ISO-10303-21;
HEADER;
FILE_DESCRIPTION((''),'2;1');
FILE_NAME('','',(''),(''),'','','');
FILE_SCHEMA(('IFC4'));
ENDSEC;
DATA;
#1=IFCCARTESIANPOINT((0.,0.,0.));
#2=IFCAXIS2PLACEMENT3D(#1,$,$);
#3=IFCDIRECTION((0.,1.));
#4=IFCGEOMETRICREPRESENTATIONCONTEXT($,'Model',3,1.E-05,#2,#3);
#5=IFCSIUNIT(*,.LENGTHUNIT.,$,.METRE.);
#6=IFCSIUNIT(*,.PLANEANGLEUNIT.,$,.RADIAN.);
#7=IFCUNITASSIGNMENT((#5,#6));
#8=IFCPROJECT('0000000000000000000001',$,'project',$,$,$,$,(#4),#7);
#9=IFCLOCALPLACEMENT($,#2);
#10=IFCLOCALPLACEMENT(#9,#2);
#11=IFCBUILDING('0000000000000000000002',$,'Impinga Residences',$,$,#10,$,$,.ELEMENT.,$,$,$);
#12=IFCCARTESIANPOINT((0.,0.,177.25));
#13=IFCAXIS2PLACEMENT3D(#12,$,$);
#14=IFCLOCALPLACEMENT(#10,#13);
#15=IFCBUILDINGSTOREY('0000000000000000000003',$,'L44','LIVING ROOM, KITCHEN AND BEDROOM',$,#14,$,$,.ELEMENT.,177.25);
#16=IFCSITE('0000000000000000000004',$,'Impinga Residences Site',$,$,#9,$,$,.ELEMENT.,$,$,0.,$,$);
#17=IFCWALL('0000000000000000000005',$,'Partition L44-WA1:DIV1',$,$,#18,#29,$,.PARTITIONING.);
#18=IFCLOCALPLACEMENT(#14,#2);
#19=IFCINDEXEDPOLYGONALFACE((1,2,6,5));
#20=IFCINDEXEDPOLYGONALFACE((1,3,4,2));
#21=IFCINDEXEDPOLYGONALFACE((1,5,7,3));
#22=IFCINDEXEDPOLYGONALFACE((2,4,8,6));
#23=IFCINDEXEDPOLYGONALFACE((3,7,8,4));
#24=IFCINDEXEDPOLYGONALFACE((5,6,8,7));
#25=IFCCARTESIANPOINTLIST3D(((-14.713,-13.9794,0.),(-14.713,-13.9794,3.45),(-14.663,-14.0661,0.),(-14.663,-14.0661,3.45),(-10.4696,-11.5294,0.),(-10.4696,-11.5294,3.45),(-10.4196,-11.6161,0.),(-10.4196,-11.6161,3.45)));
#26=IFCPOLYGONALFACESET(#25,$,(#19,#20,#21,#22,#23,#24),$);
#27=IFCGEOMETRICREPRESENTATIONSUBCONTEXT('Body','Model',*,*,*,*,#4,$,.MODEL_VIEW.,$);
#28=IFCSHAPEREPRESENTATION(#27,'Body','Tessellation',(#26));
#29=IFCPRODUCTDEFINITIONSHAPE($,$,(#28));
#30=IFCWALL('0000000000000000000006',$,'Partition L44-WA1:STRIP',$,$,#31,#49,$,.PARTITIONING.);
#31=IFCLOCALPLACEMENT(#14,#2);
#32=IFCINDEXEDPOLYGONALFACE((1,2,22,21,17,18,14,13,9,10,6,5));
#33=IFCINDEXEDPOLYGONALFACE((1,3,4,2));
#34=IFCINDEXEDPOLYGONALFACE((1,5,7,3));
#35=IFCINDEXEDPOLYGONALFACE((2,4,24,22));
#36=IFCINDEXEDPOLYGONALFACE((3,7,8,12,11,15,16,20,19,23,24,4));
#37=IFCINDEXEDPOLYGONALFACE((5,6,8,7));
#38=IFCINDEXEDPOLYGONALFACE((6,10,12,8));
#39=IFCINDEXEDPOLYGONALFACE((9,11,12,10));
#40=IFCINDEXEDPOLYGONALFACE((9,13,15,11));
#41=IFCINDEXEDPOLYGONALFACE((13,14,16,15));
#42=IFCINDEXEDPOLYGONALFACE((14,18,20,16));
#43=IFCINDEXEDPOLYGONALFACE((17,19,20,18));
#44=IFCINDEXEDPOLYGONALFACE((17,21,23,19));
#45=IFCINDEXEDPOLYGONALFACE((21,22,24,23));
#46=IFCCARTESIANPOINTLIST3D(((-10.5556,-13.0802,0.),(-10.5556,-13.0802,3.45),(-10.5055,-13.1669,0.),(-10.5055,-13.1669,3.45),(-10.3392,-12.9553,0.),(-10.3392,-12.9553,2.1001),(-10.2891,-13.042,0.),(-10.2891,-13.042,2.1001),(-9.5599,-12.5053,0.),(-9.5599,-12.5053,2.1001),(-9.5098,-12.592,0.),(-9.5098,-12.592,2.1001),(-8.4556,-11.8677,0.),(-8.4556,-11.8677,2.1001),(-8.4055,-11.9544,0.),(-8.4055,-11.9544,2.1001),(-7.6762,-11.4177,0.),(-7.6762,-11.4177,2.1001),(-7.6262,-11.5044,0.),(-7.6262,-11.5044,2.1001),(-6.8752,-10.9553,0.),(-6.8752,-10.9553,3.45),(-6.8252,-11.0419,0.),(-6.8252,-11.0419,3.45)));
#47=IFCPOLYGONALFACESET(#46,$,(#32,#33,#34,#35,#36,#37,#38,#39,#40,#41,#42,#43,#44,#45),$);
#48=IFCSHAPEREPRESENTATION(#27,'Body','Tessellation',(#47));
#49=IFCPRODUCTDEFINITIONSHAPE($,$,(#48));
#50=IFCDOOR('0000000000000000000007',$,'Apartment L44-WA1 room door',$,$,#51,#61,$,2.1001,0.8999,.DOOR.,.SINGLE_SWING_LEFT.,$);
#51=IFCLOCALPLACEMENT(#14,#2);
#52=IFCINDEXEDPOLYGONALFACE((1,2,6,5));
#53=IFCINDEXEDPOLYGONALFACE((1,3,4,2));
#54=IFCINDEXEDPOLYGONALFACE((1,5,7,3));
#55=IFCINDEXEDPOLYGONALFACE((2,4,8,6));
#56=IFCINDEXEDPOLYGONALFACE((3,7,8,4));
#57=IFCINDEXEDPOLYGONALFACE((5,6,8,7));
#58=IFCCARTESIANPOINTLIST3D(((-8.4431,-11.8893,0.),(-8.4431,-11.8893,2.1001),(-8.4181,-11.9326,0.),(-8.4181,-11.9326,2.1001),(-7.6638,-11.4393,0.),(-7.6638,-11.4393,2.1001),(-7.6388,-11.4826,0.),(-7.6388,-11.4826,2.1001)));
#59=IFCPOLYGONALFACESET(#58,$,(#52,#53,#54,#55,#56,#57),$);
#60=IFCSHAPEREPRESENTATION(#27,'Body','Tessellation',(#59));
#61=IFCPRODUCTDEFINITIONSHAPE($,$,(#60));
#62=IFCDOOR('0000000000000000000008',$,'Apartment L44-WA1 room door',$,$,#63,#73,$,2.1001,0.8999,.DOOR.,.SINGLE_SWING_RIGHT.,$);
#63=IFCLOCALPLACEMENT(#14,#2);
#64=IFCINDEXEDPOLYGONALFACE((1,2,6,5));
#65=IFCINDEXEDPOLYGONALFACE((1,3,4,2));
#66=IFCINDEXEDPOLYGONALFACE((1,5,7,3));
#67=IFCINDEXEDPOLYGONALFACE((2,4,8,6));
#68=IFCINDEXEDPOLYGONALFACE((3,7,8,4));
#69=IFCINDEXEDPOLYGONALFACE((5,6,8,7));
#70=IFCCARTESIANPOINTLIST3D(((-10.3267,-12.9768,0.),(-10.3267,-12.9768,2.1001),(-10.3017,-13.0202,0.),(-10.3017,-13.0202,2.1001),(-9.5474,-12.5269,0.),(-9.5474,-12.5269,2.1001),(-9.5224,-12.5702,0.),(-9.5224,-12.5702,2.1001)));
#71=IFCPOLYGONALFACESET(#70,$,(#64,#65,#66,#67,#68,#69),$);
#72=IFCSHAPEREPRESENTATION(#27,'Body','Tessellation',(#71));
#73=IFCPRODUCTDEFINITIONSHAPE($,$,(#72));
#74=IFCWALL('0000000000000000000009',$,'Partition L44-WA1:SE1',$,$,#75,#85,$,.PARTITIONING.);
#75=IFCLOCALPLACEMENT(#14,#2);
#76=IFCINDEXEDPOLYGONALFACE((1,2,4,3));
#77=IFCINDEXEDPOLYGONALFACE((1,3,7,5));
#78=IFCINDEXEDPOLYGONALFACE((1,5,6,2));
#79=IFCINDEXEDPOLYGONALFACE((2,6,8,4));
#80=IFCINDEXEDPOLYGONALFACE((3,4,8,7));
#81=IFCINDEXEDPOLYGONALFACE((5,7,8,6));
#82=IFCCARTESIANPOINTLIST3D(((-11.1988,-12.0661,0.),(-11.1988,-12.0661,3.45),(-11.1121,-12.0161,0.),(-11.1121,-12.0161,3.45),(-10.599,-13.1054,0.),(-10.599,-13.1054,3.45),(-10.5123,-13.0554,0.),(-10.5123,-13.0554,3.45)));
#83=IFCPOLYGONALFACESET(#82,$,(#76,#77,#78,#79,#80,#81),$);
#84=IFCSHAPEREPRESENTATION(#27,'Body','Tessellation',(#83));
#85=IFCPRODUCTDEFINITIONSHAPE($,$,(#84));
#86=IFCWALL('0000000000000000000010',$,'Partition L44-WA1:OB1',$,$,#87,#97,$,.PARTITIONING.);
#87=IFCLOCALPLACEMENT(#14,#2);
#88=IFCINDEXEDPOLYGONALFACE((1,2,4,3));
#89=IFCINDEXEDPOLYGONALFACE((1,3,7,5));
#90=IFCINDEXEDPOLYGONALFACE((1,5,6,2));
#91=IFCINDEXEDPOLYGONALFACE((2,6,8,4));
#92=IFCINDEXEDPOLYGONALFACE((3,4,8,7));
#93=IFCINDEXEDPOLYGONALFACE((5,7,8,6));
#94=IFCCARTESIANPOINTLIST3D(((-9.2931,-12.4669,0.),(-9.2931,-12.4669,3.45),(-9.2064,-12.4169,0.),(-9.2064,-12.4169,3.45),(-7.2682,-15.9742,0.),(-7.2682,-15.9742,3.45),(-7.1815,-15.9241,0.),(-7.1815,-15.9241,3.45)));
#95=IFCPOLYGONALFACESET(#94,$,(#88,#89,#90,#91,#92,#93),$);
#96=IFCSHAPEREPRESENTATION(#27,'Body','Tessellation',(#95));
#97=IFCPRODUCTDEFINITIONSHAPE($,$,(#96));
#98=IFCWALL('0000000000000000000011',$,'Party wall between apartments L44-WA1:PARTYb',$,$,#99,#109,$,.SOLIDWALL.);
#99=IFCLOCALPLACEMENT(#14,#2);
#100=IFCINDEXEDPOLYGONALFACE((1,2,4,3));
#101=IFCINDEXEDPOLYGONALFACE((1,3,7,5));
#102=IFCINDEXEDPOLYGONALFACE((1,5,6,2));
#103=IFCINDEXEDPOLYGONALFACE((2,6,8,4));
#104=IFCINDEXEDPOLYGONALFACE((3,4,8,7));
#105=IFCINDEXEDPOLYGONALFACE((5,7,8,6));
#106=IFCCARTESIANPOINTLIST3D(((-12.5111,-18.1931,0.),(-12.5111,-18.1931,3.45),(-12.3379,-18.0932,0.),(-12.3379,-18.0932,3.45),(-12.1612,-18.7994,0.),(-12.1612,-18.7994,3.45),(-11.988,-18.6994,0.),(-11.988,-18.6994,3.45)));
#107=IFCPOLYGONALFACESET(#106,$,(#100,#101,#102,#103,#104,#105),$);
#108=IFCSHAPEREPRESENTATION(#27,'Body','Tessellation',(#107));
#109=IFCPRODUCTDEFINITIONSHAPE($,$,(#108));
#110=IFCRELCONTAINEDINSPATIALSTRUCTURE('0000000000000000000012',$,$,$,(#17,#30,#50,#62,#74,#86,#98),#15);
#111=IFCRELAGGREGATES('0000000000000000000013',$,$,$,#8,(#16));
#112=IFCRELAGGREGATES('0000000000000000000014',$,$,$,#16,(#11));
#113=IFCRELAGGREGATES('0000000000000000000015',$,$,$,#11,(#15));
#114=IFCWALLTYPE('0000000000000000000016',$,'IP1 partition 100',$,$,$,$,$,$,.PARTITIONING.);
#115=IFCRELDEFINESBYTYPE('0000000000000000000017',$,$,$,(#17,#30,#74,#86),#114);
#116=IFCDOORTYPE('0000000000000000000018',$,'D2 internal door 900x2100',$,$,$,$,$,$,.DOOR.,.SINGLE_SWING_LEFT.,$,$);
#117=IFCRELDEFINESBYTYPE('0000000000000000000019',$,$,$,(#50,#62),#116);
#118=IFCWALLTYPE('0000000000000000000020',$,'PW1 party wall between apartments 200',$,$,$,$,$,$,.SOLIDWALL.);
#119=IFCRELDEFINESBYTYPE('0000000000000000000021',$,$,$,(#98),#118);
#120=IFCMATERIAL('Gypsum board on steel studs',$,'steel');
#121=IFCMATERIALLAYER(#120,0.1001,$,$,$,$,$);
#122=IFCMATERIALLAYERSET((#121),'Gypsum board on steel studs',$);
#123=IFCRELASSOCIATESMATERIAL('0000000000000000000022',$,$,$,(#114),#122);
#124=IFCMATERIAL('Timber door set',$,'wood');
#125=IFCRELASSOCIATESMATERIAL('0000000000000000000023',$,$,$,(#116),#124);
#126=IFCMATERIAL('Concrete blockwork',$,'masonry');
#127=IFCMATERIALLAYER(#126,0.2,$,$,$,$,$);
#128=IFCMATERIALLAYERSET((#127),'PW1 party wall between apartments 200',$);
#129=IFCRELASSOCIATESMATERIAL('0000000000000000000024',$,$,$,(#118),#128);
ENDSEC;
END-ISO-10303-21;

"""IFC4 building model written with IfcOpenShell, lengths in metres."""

from ifc_helpers import new_model, si_unit, direction, frame, frame_2d, origin, place, context, subcontext, project, spatial, rectangle, extrude, material, layer, layer_set, type_object, element, fill, save


model = new_model("IFC4")

# Units and contexts
model_context = context("Model", 3, precision=1e-05, world=origin(), true_north=direction((0.0, 1.0)))
body_context = subcontext(model_context, "Body", "Model", "MODEL_VIEW")
ifc_project = project(units=[si_unit("LENGTHUNIT", "METRE"), si_unit("PLANEANGLEUNIT", "RADIAN")], contexts=[model_context])

# Site, building, storey
site_placement = place(None, origin())
site = spatial("IfcSite", under=ifc_project, at=site_placement, Name="Impinga Residences Site", CompositionType="ELEMENT", RefElevation=0.0)
building_placement = place(site_placement, origin())
building = spatial("IfcBuilding", under=site, at=building_placement, Name="Impinga Residences", CompositionType="ELEMENT")
storey_placement = place(building_placement, frame((0.0, 0.0, 177.25)))
storey = spatial("IfcBuildingStorey", under=building, at=storey_placement, Name="L44", Description="LIVING ROOM, KITCHEN AND BEDROOM", CompositionType="ELEMENT", Elevation=177.25)

# Wall
ifc_material_1 = material(Name="Gypsum board on steel studs", Category="steel")
ifc_layer_1 = layer(ifc_material_1, 0.1001)
ifc_layer_set_1 = layer_set([ifc_layer_1], Name="Gypsum board on steel studs")
wall_type_1 = type_object("IfcWallType", Name="IP1 partition 100", PredefinedType="PARTITIONING", material=ifc_layer_set_1)
wall_1_placement = place(storey_placement, frame((-10.4446, -11.5728, 0.0), z_axis=(0.0, 0.0, 1.0), x_axis=(-0.866024, -0.500003, 0.0)))
element("IfcWall", 1, at=wall_1_placement, inside=storey, type_object=wall_type_1, Name="Partition L44-WA1:DIV1", PredefinedType="PARTITIONING", context=body_context, shape_type="SweptSolid", body=[
    extrude(rectangle(XDim=4.8999, YDim=0.1001, at=frame_2d((2.45, 0.0))), origin(), (0.0, 0.0, 1.0), 3.45),
])

# Wall, openings, doors
wall_2_placement = place(storey_placement, frame((-6.8501, -10.9985, 0.0), z_axis=(0.0, 0.0, 1.0), x_axis=(-0.866014, -0.500019, 0.0)))
wall_2 = element("IfcWall", 2, at=wall_2_placement, inside=storey, type_object=wall_type_1, Name="Partition L44-WA1:STRIP", PredefinedType="PARTITIONING", context=body_context, shape_type="SweptSolid", body=[
    extrude(rectangle(XDim=4.2498, YDim=0.1001, at=frame_2d((2.125, 0.0))), origin(), (0.0, 0.0, 1.0), 3.45),
])
opening_1_placement = place(wall_2_placement, frame((0.925, 0.0, 0.0)))
opening_1 = element("IfcOpeningElement", 3, at=opening_1_placement, cuts=wall_2, PredefinedType="OPENING", context=body_context, shape_type="SweptSolid", body=[
    extrude(rectangle(XDim=0.8999, YDim=2.1001, at=frame_2d((0.45, 1.05))), frame((0.0, 0.0601, 0.0), z_axis=(0.0, -1.0, 0.0), x_axis=(1.0, 0.0, 0.0)), (0.0, 0.0, 1.0), 0.1201),
])
opening_2_placement = place(wall_2_placement, frame((3.1001, 0.0, 0.0)))
opening_2 = element("IfcOpeningElement", 4, at=opening_2_placement, cuts=wall_2, PredefinedType="OPENING", context=body_context, shape_type="SweptSolid", body=[
    extrude(rectangle(XDim=0.8999, YDim=2.1001, at=frame_2d((0.45, 1.05))), frame((0.0, 0.0601, 0.0), z_axis=(0.0, -1.0, 0.0), x_axis=(1.0, 0.0, 0.0)), (0.0, 0.0, 1.0), 0.1201),
])
ifc_material_2 = material(Name="Timber door set", Category="wood")
door_type = type_object("IfcDoorType", Name="D2 internal door 900x2100", OperationType="SINGLE_SWING_LEFT", PredefinedType="DOOR", material=ifc_material_2)
door_1_placement = place(opening_1_placement, origin())
door_1 = element("IfcDoor", 5, at=door_1_placement, inside=storey, type_object=door_type, Name="Apartment L44-WA1 room door", OperationType="SINGLE_SWING_LEFT", OverallHeight=2.1001, OverallWidth=0.8999, PredefinedType="DOOR", context=body_context, shape_type="SweptSolid", body=[
    extrude(rectangle(XDim=0.8999, YDim=2.1001, at=frame_2d((0.45, 1.05))), frame((0.0, 0.0249, 0.0), z_axis=(0.0, -1.0, 0.0), x_axis=(1.0, 0.0, 0.0)), (0.0, 0.0, 1.0), 0.05),
])
fill(opening_1, door_1)
door_2_placement = place(opening_2_placement, origin())
door_2 = element("IfcDoor", 6, at=door_2_placement, inside=storey, type_object=door_type, Name="Apartment L44-WA1 room door", OperationType="SINGLE_SWING_RIGHT", OverallHeight=2.1001, OverallWidth=0.8999, PredefinedType="DOOR", context=body_context, shape_type="SweptSolid", body=[
    extrude(rectangle(XDim=0.8999, YDim=2.1001, at=frame_2d((0.45, 1.05))), frame((0.0, 0.0249, 0.0), z_axis=(0.0, -1.0, 0.0), x_axis=(1.0, 0.0, 0.0)), (0.0, 0.0, 1.0), 0.05),
])
fill(opening_2, door_2)

# Walls
wall_3_placement = place(storey_placement, frame((-11.1555, -12.041, 0.0), z_axis=(0.0, 0.0, 1.0), x_axis=(0.499881, -0.866094, 0.0)))
element("IfcWall", 7, at=wall_3_placement, inside=storey, type_object=wall_type_1, Name="Partition L44-WA1:SE1", PredefinedType="PARTITIONING", context=body_context, shape_type="SweptSolid", body=[
    extrude(rectangle(XDim=1.2, YDim=0.1001, at=frame_2d((0.6001, 0.0))), origin(), (0.0, 0.0, 1.0), 3.45),
])
wall_4_placement = place(storey_placement, frame((-9.2498, -12.4419, 0.0), z_axis=(0.0, 0.0, 1.0), x_axis=(0.49999, -0.866031, 0.0)))
element("IfcWall", 8, at=wall_4_placement, inside=storey, type_object=wall_type_1, Name="Partition L44-WA1:OB1", PredefinedType="PARTITIONING", context=body_context, shape_type="SweptSolid", body=[
    extrude(rectangle(XDim=4.0498, YDim=0.1001, at=frame_2d((2.0249, 0.0))), origin(), (0.0, 0.0, 1.0), 3.45),
])
ifc_material_3 = material(Name="Concrete blockwork", Category="masonry")
ifc_layer_2 = layer(ifc_material_3, 0.2)
ifc_layer_set_2 = layer_set([ifc_layer_2], Name="PW1 party wall between apartments 200")
wall_type_2 = type_object("IfcWallType", Name="PW1 party wall between apartments 200", PredefinedType="SOLIDWALL", material=ifc_layer_set_2)
wall_5_placement = place(storey_placement, frame((-12.4246, -18.1431, 0.0), z_axis=(0.0, 0.0, 1.0), x_axis=(0.499853, -0.86611, 0.0)))
element("IfcWall", 9, at=wall_5_placement, inside=storey, type_object=wall_type_2, Name="Party wall between apartments L44-WA1:PARTYb", PredefinedType="SOLIDWALL", context=body_context, shape_type="SweptSolid", body=[
    extrude(rectangle(XDim=0.7, YDim=0.2, at=frame_2d((0.3501, 0.0))), origin(), (0.0, 0.0, 1.0), 3.45),
])

save(model, "model.ifc")
